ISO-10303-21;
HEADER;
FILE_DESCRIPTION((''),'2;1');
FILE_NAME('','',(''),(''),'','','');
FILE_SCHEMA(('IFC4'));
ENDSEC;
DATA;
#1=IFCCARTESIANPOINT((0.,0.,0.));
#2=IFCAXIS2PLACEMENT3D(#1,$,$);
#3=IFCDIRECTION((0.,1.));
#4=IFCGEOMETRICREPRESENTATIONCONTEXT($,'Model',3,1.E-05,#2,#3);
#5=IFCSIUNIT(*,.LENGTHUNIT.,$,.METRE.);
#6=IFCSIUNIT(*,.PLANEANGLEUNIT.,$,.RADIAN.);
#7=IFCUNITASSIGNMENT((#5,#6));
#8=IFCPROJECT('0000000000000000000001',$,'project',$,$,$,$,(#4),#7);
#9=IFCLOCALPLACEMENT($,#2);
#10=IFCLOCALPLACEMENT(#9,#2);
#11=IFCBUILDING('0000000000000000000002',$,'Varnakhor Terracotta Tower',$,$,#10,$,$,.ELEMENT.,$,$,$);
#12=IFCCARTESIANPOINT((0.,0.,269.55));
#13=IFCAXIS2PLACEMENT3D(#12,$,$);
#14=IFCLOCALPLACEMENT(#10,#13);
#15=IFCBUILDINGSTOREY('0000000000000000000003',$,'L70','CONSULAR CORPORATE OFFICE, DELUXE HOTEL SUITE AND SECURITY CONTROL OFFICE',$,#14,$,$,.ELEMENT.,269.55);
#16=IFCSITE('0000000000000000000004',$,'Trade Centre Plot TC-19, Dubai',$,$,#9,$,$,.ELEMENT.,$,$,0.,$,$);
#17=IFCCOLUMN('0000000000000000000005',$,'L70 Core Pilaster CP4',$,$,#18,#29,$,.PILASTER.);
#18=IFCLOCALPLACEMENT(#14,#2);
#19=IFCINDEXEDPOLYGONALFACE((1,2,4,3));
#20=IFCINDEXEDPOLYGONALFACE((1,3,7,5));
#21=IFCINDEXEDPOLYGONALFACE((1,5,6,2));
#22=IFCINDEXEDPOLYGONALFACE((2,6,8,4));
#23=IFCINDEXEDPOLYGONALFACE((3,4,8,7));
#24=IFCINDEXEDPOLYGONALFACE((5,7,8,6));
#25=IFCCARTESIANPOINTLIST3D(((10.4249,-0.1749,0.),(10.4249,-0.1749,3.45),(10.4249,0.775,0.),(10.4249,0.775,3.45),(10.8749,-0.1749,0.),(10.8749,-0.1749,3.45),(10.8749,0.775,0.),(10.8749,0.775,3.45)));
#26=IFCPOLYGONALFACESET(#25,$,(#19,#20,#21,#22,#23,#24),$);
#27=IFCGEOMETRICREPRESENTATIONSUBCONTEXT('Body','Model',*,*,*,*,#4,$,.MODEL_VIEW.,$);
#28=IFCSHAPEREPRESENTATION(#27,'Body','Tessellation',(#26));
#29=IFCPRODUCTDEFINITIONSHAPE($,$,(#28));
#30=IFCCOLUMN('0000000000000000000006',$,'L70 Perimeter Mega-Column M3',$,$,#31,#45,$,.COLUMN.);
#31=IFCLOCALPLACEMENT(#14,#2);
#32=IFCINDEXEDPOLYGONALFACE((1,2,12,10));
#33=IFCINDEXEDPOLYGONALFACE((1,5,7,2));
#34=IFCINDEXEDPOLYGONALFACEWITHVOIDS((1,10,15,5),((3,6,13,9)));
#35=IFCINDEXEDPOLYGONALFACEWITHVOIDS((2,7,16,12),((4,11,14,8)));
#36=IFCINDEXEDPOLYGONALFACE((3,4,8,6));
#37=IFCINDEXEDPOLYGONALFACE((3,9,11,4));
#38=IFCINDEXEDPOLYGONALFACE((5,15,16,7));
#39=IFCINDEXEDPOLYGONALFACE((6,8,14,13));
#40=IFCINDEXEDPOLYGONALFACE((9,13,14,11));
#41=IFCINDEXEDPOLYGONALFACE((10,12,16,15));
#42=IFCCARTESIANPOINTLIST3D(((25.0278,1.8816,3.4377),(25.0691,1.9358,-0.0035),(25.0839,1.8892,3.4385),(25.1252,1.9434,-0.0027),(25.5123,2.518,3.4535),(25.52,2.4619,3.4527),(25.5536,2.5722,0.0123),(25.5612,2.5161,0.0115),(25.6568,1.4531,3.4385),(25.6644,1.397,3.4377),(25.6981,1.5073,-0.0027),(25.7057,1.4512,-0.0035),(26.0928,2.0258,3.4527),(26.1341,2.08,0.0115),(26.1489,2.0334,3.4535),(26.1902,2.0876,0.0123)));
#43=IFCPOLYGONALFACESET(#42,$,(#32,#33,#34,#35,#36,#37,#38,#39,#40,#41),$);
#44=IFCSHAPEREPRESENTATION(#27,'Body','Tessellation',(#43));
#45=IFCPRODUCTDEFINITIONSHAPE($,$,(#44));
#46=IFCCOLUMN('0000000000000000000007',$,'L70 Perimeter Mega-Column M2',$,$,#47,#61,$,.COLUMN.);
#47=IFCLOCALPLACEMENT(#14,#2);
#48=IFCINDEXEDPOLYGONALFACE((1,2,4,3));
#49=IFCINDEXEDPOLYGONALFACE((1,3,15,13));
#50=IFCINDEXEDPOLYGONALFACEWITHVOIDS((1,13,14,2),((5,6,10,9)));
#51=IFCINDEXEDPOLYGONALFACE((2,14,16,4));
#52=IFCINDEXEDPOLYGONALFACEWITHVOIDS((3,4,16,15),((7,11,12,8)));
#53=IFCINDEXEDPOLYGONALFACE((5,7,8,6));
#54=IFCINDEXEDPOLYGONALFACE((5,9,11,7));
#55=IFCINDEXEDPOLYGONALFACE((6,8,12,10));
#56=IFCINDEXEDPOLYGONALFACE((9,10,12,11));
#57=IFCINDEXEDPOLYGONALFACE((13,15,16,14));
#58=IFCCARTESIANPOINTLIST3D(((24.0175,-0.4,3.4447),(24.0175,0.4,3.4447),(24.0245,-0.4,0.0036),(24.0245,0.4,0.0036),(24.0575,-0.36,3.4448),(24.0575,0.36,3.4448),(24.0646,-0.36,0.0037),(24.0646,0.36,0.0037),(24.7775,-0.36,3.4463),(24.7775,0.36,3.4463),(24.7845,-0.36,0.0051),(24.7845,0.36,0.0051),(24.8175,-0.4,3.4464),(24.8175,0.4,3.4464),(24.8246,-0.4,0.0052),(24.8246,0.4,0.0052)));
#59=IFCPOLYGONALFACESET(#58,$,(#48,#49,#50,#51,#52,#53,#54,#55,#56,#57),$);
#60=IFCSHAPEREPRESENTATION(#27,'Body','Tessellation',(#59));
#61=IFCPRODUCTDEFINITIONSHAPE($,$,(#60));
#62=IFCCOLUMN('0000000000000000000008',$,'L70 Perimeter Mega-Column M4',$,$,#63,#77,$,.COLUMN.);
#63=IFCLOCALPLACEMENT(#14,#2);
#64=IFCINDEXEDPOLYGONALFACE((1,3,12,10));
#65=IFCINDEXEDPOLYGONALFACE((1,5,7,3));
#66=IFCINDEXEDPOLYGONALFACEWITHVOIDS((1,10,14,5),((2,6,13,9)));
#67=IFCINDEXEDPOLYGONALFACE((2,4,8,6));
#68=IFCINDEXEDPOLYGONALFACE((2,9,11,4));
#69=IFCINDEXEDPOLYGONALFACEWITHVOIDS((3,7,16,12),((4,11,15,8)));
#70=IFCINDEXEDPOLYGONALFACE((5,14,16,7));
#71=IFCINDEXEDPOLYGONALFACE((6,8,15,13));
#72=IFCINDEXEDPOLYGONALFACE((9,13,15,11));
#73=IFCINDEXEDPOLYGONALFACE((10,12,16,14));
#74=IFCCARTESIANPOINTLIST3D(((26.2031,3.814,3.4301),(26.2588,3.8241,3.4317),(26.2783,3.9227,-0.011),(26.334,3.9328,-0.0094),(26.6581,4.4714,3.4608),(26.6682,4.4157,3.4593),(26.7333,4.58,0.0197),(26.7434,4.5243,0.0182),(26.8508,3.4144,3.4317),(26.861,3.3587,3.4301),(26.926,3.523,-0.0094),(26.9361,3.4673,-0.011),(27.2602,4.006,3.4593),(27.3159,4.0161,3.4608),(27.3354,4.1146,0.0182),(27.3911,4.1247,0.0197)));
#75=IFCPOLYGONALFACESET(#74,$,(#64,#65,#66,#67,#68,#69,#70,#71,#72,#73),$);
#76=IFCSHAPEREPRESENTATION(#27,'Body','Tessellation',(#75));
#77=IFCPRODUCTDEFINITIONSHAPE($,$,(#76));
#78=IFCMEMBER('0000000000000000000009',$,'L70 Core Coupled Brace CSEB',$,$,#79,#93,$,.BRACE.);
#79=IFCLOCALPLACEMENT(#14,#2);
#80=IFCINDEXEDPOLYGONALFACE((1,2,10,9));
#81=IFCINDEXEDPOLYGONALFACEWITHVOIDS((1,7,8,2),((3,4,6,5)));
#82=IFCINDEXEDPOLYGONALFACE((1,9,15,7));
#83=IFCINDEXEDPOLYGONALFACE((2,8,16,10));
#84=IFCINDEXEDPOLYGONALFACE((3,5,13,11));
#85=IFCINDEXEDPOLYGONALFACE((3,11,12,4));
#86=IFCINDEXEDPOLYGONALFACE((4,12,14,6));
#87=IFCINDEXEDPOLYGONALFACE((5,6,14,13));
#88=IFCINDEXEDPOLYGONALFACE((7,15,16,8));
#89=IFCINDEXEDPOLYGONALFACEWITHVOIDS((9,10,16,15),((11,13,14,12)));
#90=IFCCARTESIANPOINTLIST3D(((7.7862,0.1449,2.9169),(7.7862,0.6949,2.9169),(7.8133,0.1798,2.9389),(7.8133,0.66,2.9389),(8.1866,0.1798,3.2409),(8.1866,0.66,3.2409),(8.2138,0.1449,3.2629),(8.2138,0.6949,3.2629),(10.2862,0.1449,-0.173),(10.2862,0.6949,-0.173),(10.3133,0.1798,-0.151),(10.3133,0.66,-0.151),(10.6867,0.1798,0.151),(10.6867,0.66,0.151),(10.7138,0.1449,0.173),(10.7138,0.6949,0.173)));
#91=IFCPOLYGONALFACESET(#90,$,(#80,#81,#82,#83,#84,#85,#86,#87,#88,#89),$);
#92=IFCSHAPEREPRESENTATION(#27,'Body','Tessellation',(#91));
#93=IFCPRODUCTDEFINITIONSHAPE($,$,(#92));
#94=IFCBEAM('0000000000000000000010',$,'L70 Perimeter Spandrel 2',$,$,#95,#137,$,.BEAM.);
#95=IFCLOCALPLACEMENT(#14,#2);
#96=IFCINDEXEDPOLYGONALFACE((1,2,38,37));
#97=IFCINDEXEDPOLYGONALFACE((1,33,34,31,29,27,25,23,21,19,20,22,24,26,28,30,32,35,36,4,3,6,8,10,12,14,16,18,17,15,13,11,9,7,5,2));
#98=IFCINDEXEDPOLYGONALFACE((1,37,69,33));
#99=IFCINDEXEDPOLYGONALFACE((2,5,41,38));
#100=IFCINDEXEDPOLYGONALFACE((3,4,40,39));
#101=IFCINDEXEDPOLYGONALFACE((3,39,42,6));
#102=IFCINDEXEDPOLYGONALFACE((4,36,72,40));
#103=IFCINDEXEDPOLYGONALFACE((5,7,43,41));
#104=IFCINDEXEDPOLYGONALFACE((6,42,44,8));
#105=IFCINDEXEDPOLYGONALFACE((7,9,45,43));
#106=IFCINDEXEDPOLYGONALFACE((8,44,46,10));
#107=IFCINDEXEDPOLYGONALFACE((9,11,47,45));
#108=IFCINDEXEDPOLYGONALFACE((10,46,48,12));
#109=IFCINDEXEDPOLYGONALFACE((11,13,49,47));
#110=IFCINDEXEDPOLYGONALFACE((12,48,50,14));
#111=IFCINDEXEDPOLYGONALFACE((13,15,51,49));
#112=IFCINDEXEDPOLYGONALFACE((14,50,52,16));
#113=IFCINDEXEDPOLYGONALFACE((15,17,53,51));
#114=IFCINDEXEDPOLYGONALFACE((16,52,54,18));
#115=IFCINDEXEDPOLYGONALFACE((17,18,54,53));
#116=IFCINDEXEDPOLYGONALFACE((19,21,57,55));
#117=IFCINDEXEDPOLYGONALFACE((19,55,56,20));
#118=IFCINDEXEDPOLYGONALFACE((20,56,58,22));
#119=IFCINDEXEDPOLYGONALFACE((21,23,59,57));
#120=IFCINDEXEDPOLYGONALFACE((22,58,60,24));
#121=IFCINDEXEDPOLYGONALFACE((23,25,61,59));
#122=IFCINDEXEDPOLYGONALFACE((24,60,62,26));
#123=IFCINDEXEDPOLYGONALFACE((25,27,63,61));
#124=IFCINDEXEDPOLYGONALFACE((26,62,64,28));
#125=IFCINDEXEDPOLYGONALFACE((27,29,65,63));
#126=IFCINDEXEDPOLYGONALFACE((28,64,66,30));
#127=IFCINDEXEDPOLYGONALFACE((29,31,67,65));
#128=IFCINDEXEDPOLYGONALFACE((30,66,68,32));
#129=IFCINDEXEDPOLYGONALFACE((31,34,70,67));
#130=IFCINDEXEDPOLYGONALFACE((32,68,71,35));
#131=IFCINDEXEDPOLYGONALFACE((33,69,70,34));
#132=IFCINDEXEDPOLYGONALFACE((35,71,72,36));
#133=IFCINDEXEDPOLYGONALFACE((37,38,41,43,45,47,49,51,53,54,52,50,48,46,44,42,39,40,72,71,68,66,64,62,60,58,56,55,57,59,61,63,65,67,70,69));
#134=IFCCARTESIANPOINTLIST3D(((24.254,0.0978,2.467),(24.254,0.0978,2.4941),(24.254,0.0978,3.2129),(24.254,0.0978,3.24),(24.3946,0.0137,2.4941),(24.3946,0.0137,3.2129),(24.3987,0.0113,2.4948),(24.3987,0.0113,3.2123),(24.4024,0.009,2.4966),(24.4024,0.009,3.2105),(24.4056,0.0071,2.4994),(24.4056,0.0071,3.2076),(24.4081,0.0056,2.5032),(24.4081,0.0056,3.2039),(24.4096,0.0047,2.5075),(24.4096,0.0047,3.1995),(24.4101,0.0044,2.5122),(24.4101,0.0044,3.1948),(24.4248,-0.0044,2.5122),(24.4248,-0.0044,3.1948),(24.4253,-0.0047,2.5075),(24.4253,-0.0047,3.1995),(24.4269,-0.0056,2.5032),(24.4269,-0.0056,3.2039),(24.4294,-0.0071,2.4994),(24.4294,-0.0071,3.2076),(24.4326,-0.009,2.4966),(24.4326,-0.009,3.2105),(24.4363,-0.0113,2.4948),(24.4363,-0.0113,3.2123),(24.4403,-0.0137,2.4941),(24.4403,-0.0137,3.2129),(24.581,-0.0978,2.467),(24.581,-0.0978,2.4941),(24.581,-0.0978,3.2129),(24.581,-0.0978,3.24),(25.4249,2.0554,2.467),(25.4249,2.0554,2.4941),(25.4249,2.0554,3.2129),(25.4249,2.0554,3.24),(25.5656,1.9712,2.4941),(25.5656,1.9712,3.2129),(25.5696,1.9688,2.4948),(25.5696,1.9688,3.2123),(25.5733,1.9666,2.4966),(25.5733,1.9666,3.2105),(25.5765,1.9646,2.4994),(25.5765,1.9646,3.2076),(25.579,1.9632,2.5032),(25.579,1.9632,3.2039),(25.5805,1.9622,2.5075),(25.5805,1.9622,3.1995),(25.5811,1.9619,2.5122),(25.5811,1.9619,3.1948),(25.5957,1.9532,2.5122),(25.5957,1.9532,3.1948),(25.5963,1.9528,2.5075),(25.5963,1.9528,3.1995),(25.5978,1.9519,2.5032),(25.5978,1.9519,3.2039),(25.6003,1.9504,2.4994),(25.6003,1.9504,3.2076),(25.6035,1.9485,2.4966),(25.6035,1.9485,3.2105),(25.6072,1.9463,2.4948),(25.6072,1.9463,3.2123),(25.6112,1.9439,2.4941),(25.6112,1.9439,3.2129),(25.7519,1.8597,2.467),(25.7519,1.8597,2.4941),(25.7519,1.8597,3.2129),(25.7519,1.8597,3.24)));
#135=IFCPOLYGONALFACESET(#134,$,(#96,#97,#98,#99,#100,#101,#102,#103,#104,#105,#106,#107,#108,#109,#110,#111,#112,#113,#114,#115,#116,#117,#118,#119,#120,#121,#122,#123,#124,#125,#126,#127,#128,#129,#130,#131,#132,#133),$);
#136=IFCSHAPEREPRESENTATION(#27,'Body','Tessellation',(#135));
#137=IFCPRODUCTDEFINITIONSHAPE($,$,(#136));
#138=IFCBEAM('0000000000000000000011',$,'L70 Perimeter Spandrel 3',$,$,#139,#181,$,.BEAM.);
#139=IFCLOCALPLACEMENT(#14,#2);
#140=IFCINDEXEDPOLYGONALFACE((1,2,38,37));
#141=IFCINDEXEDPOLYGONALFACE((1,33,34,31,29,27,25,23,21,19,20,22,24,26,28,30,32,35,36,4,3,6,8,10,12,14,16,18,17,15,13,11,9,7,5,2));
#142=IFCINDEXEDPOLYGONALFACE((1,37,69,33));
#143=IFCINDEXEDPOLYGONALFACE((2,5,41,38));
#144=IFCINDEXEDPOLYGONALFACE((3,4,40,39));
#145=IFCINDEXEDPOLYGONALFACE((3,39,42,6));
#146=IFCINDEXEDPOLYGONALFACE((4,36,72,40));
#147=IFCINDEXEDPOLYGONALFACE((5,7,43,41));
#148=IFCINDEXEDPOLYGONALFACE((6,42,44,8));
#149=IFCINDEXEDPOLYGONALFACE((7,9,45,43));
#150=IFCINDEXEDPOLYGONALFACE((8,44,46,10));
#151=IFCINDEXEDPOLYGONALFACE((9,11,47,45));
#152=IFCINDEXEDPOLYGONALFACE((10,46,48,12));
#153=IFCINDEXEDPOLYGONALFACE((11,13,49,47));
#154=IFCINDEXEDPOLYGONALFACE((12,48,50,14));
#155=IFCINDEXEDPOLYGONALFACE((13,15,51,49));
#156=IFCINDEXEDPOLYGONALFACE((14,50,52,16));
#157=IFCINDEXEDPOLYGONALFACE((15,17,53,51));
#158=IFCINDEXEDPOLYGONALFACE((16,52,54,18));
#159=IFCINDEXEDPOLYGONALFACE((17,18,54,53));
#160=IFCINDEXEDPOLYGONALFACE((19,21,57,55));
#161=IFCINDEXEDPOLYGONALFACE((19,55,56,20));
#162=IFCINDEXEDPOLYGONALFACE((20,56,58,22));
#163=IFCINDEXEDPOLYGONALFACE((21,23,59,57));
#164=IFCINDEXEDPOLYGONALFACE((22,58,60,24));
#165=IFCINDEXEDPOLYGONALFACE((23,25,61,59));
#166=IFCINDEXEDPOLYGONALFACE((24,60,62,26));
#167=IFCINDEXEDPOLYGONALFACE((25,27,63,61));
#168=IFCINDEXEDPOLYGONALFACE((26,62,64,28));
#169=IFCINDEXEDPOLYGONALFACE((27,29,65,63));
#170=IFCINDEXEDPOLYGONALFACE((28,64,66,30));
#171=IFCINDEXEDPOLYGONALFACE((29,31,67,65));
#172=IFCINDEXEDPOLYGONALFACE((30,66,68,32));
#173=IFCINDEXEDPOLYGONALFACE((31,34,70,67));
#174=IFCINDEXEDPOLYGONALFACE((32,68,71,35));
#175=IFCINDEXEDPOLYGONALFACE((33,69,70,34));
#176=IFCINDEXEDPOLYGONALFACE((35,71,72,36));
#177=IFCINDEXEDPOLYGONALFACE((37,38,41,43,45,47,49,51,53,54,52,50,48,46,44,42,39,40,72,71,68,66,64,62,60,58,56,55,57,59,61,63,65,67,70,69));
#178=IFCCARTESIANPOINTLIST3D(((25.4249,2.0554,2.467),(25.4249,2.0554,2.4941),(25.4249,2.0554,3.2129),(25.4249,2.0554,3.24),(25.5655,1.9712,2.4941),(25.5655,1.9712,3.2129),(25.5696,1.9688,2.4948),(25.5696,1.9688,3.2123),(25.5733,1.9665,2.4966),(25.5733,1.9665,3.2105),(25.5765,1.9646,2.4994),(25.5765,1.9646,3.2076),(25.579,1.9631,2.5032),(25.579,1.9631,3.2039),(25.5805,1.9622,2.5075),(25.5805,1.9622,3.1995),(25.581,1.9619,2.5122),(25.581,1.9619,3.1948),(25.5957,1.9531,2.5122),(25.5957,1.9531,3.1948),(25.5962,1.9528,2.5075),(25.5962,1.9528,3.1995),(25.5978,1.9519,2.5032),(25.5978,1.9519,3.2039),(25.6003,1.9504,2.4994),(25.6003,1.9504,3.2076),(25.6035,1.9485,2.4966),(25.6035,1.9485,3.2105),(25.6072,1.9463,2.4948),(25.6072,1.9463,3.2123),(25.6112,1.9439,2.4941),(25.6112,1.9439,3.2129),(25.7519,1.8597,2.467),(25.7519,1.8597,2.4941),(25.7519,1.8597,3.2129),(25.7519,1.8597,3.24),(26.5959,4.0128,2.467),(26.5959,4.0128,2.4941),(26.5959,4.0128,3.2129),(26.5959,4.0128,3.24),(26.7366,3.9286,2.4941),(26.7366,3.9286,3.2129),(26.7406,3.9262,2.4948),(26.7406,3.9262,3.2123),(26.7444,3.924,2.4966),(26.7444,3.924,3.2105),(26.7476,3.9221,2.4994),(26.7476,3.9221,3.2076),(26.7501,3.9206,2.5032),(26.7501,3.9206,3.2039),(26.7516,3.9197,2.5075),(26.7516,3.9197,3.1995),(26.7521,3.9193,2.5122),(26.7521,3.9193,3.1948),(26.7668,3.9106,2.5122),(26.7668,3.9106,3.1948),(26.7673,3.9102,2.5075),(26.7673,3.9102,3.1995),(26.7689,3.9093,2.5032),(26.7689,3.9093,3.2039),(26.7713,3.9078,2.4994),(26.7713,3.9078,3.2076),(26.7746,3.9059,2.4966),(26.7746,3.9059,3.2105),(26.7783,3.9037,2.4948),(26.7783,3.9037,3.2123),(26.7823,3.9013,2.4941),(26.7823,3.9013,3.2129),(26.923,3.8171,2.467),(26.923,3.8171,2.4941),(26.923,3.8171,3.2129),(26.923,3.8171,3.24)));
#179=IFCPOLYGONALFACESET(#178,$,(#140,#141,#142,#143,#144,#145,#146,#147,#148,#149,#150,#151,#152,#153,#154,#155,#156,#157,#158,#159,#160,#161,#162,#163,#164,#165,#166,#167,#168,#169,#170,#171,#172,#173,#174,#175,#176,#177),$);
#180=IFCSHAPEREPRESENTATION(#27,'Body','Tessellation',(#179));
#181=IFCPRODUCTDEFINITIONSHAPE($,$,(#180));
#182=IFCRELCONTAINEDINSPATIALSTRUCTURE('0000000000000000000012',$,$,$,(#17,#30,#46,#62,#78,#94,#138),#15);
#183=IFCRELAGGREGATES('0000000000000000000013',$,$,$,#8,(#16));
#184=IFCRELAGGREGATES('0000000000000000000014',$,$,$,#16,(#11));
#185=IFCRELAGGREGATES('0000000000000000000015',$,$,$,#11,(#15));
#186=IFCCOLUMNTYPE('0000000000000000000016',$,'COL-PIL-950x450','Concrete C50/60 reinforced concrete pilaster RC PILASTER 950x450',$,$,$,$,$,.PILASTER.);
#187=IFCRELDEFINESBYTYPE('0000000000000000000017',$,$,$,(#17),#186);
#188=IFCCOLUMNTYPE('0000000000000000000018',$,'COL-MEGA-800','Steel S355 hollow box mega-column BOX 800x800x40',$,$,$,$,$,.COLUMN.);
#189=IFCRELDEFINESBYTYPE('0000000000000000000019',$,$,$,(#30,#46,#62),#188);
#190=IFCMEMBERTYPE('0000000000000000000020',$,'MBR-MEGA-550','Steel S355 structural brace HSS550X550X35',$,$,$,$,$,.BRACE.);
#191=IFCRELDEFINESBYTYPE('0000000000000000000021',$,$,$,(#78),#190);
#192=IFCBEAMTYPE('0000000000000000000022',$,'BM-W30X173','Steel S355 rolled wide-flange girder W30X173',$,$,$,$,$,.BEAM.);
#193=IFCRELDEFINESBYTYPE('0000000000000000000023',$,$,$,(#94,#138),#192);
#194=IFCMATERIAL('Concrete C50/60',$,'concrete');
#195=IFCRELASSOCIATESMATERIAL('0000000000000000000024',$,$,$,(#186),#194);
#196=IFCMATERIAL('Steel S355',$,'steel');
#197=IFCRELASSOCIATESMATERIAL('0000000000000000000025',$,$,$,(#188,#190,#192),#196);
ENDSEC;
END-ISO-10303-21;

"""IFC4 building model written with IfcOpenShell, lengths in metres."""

from ifc_helpers import new_model, si_unit, direction, frame, origin, origin_2d, place, context, subcontext, project, spatial, rectangle, hollow_rectangle, i_section, extrude, source, transform, mapped, material, material_profile, profile_set, type_object, element, save


model = new_model("IFC4")

# Units and contexts
model_context = context("Model", 3, precision=1e-05, world=origin(), true_north=direction((0.0, 1.0)))
body_context = subcontext(model_context, "Body", "Model", "MODEL_VIEW")
ifc_project = project(units=[si_unit("LENGTHUNIT", "METRE"), si_unit("PLANEANGLEUNIT", "RADIAN")], contexts=[model_context])

# Site, building, storey
site_placement = place(None, origin())
site = spatial("IfcSite", under=ifc_project, at=site_placement, Name="Trade Centre Plot TC-19, Dubai", CompositionType="ELEMENT", RefElevation=0.0)
building_placement = place(site_placement, origin())
building = spatial("IfcBuilding", under=site, at=building_placement, Name="Varnakhor Terracotta Tower", CompositionType="ELEMENT")
storey_placement = place(building_placement, frame((0.0, 0.0, 269.55)))
storey = spatial("IfcBuildingStorey", under=building, at=storey_placement, Name="L70", Description="CONSULAR CORPORATE OFFICE, DELUXE HOTEL SUITE AND SECURITY CONTROL OFFICE", CompositionType="ELEMENT", Elevation=269.55)

# Columns
ifc_material_1 = material(Name="Concrete C50/60", Category="concrete")
ifc_material_profile_1 = material_profile(ifc_material_1, rectangle(XDim=0.45, YDim=0.95, at=origin_2d()), Name="RC PILASTER 950x450")
ifc_profile_set_1 = profile_set([ifc_material_profile_1], Name="Concrete C50/60")
column_type_1 = type_object("IfcColumnType", Name="COL-PIL-950x450", Description="Concrete C50/60 reinforced concrete pilaster RC PILASTER 950x450", PredefinedType="PILASTER", material=ifc_profile_set_1)
shared_shape_1 = source(origin(), body_context, "Body", "SweptSolid", [
    extrude(rectangle(XDim=0.45, YDim=0.95, at=origin_2d()), origin(), (0.0, 0.0, 1.0), 3.45),
])
column_1_placement = place(storey_placement, frame((10.6499, 0.3, 0.0), z_axis=(0.0, 0.0, 1.0), x_axis=(1.0, 0.0, 0.0)))
element("IfcColumn", 1, at=column_1_placement, inside=storey, type_object=column_type_1, Name="L70 Core Pilaster CP4", PredefinedType="PILASTER", context=body_context, shape_type="MappedRepresentation", body=[
    mapped(shared_shape_1, transform((0.0, 0.0, 0.0), scale=1.0)),
])
ifc_material_2 = material(Name="Steel S355", Category="steel")
ifc_material_profile_2 = material_profile(ifc_material_2, hollow_rectangle(XDim=0.8, YDim=0.8, WallThickness=0.04, at=origin_2d()), Name="BOX 800x800x40")
ifc_profile_set_2 = profile_set([ifc_material_profile_2], Name="Steel S355")
column_type_2 = type_object("IfcColumnType", Name="COL-MEGA-800", Description="Steel S355 hollow box mega-column BOX 800x800x40", PredefinedType="COLUMN", material=ifc_profile_set_2)
shared_shape_2 = source(origin(), body_context, "Body", "SweptSolid", [
    extrude(hollow_rectangle(XDim=0.8, YDim=0.8, WallThickness=0.04, at=origin_2d()), origin(), (0.0, 0.0, 1.0), 3.4419),
])
column_2_placement = place(storey_placement, frame((25.6296, 2.0117, 0.0044), z_axis=(-0.011988, -0.015747, 0.999804), x_axis=(0.795678, -0.605719, 0.0)))
element("IfcColumn", 2, at=column_2_placement, inside=storey, type_object=column_type_2, Name="L70 Perimeter Mega-Column M3", PredefinedType="COLUMN", context=body_context, shape_type="MappedRepresentation", body=[
    mapped(shared_shape_2, transform((0.0, 0.0, 0.0), scale=1.0)),
])
shared_shape_3 = source(origin(), body_context, "Body", "SweptSolid", [
    extrude(hollow_rectangle(XDim=0.8, YDim=0.8, WallThickness=0.04, at=origin_2d()), origin(), (0.0, 0.0, 1.0), 3.4412),
])
column_3_placement = place(storey_placement, frame((24.4246, 0.0, 0.0044), z_axis=(-0.002057, 0.0, 0.999998), x_axis=(0.0, -1.0, 0.0)))
element("IfcColumn", 3, at=column_3_placement, inside=storey, type_object=column_type_2, Name="L70 Perimeter Mega-Column M2", PredefinedType="COLUMN", context=body_context, shape_type="MappedRepresentation", body=[
    mapped(shared_shape_3, transform((0.0, 0.0, 0.0), scale=1.0)),
])
shared_shape_4 = source(origin(), body_context, "Body", "SweptSolid", [
    extrude(hollow_rectangle(XDim=0.8, YDim=0.8, WallThickness=0.04, at=origin_2d()), origin(), (0.0, 0.0, 1.0), 3.4436),
])
column_4_placement = place(storey_placement, frame((26.8347, 4.0237, 0.0044), z_axis=(-0.021836, -0.031548, 0.999264), x_axis=(0.822259, -0.569114, 0.0)))
element("IfcColumn", 4, at=column_4_placement, inside=storey, type_object=column_type_2, Name="L70 Perimeter Mega-Column M4", PredefinedType="COLUMN", context=body_context, shape_type="MappedRepresentation", body=[
    mapped(shared_shape_4, transform((0.0, 0.0, 0.0), scale=1.0)),
])

# Member
ifc_material_profile_3 = material_profile(ifc_material_2, hollow_rectangle(XDim=0.55, YDim=0.55, WallThickness=0.0349, at=origin_2d()), Name="HSS550X550X35")
ifc_profile_set_3 = profile_set([ifc_material_profile_3], Name="Steel S355")
member_type_1 = type_object("IfcMemberType", Name="MBR-MEGA-550", Description="Steel S355 structural brace HSS550X550X35", PredefinedType="BRACE", material=ifc_profile_set_3)
shared_shape_5 = source(origin(), body_context, "Body", "SweptSolid", [
    extrude(hollow_rectangle(XDim=0.55, YDim=0.55, WallThickness=0.0349, at=origin_2d()), origin(), (0.0, 0.0, 1.0), 3.9746),
])
member_1_placement = place(storey_placement, frame((10.5, 0.4199, 0.0), z_axis=(-0.629, 0.0, 0.777405), x_axis=(0.0, -1.0, 0.0)))
element("IfcMember", 5, at=member_1_placement, inside=storey, type_object=member_type_1, Name="L70 Core Coupled Brace CSEB", PredefinedType="BRACE", context=body_context, shape_type="MappedRepresentation", body=[
    mapped(shared_shape_5, transform((0.0, 0.0, 0.0), scale=1.0)),
])

# Beams
ifc_material_profile_4 = material_profile(ifc_material_2, i_section(OverallWidth=0.3811, OverallDepth=0.7729, WebThickness=0.0171, FlangeThickness=0.0271, FilletRadius=0.0181, at=origin_2d()), Name="W30X173")
ifc_profile_set_4 = profile_set([ifc_material_profile_4], Name="Steel S355")
beam_type_1 = type_object("IfcBeamType", Name="BM-W30X173", Description="Steel S355 rolled wide-flange girder W30X173", PredefinedType="BEAM", material=ifc_profile_set_4)
shared_shape_6 = source(origin(), body_context, "Body", "SweptSolid", [
    extrude(i_section(OverallWidth=0.3811, OverallDepth=0.7729, WebThickness=0.0171, FlangeThickness=0.0271, FilletRadius=0.0181, at=origin_2d()), origin(), (0.0, 0.0, 1.0), 2.281),
])
for number, where, z_axis, x_axis, name in (
    (6, (24.4175, 0.0, 2.8535), (0.513331, 0.858191, 0.0), (-0.858191, 0.513331, 0.0), "L70 Perimeter Spandrel 2"),
    (7, (25.5884, 1.9575, 2.8535), (0.513409, 0.858144, 0.0), (-0.858144, 0.513409, 0.0), "L70 Perimeter Spandrel 3"),
):
    element("IfcBeam", number, at=place(storey_placement, frame(where, z_axis=z_axis, x_axis=x_axis)), inside=storey, type_object=beam_type_1, Name=name, PredefinedType="BEAM", context=body_context, shape_type="MappedRepresentation", body=[
        mapped(shared_shape_6, transform((0.0, 0.0, 0.0), scale=1.0)),
    ])

save(model, "model.ifc")
